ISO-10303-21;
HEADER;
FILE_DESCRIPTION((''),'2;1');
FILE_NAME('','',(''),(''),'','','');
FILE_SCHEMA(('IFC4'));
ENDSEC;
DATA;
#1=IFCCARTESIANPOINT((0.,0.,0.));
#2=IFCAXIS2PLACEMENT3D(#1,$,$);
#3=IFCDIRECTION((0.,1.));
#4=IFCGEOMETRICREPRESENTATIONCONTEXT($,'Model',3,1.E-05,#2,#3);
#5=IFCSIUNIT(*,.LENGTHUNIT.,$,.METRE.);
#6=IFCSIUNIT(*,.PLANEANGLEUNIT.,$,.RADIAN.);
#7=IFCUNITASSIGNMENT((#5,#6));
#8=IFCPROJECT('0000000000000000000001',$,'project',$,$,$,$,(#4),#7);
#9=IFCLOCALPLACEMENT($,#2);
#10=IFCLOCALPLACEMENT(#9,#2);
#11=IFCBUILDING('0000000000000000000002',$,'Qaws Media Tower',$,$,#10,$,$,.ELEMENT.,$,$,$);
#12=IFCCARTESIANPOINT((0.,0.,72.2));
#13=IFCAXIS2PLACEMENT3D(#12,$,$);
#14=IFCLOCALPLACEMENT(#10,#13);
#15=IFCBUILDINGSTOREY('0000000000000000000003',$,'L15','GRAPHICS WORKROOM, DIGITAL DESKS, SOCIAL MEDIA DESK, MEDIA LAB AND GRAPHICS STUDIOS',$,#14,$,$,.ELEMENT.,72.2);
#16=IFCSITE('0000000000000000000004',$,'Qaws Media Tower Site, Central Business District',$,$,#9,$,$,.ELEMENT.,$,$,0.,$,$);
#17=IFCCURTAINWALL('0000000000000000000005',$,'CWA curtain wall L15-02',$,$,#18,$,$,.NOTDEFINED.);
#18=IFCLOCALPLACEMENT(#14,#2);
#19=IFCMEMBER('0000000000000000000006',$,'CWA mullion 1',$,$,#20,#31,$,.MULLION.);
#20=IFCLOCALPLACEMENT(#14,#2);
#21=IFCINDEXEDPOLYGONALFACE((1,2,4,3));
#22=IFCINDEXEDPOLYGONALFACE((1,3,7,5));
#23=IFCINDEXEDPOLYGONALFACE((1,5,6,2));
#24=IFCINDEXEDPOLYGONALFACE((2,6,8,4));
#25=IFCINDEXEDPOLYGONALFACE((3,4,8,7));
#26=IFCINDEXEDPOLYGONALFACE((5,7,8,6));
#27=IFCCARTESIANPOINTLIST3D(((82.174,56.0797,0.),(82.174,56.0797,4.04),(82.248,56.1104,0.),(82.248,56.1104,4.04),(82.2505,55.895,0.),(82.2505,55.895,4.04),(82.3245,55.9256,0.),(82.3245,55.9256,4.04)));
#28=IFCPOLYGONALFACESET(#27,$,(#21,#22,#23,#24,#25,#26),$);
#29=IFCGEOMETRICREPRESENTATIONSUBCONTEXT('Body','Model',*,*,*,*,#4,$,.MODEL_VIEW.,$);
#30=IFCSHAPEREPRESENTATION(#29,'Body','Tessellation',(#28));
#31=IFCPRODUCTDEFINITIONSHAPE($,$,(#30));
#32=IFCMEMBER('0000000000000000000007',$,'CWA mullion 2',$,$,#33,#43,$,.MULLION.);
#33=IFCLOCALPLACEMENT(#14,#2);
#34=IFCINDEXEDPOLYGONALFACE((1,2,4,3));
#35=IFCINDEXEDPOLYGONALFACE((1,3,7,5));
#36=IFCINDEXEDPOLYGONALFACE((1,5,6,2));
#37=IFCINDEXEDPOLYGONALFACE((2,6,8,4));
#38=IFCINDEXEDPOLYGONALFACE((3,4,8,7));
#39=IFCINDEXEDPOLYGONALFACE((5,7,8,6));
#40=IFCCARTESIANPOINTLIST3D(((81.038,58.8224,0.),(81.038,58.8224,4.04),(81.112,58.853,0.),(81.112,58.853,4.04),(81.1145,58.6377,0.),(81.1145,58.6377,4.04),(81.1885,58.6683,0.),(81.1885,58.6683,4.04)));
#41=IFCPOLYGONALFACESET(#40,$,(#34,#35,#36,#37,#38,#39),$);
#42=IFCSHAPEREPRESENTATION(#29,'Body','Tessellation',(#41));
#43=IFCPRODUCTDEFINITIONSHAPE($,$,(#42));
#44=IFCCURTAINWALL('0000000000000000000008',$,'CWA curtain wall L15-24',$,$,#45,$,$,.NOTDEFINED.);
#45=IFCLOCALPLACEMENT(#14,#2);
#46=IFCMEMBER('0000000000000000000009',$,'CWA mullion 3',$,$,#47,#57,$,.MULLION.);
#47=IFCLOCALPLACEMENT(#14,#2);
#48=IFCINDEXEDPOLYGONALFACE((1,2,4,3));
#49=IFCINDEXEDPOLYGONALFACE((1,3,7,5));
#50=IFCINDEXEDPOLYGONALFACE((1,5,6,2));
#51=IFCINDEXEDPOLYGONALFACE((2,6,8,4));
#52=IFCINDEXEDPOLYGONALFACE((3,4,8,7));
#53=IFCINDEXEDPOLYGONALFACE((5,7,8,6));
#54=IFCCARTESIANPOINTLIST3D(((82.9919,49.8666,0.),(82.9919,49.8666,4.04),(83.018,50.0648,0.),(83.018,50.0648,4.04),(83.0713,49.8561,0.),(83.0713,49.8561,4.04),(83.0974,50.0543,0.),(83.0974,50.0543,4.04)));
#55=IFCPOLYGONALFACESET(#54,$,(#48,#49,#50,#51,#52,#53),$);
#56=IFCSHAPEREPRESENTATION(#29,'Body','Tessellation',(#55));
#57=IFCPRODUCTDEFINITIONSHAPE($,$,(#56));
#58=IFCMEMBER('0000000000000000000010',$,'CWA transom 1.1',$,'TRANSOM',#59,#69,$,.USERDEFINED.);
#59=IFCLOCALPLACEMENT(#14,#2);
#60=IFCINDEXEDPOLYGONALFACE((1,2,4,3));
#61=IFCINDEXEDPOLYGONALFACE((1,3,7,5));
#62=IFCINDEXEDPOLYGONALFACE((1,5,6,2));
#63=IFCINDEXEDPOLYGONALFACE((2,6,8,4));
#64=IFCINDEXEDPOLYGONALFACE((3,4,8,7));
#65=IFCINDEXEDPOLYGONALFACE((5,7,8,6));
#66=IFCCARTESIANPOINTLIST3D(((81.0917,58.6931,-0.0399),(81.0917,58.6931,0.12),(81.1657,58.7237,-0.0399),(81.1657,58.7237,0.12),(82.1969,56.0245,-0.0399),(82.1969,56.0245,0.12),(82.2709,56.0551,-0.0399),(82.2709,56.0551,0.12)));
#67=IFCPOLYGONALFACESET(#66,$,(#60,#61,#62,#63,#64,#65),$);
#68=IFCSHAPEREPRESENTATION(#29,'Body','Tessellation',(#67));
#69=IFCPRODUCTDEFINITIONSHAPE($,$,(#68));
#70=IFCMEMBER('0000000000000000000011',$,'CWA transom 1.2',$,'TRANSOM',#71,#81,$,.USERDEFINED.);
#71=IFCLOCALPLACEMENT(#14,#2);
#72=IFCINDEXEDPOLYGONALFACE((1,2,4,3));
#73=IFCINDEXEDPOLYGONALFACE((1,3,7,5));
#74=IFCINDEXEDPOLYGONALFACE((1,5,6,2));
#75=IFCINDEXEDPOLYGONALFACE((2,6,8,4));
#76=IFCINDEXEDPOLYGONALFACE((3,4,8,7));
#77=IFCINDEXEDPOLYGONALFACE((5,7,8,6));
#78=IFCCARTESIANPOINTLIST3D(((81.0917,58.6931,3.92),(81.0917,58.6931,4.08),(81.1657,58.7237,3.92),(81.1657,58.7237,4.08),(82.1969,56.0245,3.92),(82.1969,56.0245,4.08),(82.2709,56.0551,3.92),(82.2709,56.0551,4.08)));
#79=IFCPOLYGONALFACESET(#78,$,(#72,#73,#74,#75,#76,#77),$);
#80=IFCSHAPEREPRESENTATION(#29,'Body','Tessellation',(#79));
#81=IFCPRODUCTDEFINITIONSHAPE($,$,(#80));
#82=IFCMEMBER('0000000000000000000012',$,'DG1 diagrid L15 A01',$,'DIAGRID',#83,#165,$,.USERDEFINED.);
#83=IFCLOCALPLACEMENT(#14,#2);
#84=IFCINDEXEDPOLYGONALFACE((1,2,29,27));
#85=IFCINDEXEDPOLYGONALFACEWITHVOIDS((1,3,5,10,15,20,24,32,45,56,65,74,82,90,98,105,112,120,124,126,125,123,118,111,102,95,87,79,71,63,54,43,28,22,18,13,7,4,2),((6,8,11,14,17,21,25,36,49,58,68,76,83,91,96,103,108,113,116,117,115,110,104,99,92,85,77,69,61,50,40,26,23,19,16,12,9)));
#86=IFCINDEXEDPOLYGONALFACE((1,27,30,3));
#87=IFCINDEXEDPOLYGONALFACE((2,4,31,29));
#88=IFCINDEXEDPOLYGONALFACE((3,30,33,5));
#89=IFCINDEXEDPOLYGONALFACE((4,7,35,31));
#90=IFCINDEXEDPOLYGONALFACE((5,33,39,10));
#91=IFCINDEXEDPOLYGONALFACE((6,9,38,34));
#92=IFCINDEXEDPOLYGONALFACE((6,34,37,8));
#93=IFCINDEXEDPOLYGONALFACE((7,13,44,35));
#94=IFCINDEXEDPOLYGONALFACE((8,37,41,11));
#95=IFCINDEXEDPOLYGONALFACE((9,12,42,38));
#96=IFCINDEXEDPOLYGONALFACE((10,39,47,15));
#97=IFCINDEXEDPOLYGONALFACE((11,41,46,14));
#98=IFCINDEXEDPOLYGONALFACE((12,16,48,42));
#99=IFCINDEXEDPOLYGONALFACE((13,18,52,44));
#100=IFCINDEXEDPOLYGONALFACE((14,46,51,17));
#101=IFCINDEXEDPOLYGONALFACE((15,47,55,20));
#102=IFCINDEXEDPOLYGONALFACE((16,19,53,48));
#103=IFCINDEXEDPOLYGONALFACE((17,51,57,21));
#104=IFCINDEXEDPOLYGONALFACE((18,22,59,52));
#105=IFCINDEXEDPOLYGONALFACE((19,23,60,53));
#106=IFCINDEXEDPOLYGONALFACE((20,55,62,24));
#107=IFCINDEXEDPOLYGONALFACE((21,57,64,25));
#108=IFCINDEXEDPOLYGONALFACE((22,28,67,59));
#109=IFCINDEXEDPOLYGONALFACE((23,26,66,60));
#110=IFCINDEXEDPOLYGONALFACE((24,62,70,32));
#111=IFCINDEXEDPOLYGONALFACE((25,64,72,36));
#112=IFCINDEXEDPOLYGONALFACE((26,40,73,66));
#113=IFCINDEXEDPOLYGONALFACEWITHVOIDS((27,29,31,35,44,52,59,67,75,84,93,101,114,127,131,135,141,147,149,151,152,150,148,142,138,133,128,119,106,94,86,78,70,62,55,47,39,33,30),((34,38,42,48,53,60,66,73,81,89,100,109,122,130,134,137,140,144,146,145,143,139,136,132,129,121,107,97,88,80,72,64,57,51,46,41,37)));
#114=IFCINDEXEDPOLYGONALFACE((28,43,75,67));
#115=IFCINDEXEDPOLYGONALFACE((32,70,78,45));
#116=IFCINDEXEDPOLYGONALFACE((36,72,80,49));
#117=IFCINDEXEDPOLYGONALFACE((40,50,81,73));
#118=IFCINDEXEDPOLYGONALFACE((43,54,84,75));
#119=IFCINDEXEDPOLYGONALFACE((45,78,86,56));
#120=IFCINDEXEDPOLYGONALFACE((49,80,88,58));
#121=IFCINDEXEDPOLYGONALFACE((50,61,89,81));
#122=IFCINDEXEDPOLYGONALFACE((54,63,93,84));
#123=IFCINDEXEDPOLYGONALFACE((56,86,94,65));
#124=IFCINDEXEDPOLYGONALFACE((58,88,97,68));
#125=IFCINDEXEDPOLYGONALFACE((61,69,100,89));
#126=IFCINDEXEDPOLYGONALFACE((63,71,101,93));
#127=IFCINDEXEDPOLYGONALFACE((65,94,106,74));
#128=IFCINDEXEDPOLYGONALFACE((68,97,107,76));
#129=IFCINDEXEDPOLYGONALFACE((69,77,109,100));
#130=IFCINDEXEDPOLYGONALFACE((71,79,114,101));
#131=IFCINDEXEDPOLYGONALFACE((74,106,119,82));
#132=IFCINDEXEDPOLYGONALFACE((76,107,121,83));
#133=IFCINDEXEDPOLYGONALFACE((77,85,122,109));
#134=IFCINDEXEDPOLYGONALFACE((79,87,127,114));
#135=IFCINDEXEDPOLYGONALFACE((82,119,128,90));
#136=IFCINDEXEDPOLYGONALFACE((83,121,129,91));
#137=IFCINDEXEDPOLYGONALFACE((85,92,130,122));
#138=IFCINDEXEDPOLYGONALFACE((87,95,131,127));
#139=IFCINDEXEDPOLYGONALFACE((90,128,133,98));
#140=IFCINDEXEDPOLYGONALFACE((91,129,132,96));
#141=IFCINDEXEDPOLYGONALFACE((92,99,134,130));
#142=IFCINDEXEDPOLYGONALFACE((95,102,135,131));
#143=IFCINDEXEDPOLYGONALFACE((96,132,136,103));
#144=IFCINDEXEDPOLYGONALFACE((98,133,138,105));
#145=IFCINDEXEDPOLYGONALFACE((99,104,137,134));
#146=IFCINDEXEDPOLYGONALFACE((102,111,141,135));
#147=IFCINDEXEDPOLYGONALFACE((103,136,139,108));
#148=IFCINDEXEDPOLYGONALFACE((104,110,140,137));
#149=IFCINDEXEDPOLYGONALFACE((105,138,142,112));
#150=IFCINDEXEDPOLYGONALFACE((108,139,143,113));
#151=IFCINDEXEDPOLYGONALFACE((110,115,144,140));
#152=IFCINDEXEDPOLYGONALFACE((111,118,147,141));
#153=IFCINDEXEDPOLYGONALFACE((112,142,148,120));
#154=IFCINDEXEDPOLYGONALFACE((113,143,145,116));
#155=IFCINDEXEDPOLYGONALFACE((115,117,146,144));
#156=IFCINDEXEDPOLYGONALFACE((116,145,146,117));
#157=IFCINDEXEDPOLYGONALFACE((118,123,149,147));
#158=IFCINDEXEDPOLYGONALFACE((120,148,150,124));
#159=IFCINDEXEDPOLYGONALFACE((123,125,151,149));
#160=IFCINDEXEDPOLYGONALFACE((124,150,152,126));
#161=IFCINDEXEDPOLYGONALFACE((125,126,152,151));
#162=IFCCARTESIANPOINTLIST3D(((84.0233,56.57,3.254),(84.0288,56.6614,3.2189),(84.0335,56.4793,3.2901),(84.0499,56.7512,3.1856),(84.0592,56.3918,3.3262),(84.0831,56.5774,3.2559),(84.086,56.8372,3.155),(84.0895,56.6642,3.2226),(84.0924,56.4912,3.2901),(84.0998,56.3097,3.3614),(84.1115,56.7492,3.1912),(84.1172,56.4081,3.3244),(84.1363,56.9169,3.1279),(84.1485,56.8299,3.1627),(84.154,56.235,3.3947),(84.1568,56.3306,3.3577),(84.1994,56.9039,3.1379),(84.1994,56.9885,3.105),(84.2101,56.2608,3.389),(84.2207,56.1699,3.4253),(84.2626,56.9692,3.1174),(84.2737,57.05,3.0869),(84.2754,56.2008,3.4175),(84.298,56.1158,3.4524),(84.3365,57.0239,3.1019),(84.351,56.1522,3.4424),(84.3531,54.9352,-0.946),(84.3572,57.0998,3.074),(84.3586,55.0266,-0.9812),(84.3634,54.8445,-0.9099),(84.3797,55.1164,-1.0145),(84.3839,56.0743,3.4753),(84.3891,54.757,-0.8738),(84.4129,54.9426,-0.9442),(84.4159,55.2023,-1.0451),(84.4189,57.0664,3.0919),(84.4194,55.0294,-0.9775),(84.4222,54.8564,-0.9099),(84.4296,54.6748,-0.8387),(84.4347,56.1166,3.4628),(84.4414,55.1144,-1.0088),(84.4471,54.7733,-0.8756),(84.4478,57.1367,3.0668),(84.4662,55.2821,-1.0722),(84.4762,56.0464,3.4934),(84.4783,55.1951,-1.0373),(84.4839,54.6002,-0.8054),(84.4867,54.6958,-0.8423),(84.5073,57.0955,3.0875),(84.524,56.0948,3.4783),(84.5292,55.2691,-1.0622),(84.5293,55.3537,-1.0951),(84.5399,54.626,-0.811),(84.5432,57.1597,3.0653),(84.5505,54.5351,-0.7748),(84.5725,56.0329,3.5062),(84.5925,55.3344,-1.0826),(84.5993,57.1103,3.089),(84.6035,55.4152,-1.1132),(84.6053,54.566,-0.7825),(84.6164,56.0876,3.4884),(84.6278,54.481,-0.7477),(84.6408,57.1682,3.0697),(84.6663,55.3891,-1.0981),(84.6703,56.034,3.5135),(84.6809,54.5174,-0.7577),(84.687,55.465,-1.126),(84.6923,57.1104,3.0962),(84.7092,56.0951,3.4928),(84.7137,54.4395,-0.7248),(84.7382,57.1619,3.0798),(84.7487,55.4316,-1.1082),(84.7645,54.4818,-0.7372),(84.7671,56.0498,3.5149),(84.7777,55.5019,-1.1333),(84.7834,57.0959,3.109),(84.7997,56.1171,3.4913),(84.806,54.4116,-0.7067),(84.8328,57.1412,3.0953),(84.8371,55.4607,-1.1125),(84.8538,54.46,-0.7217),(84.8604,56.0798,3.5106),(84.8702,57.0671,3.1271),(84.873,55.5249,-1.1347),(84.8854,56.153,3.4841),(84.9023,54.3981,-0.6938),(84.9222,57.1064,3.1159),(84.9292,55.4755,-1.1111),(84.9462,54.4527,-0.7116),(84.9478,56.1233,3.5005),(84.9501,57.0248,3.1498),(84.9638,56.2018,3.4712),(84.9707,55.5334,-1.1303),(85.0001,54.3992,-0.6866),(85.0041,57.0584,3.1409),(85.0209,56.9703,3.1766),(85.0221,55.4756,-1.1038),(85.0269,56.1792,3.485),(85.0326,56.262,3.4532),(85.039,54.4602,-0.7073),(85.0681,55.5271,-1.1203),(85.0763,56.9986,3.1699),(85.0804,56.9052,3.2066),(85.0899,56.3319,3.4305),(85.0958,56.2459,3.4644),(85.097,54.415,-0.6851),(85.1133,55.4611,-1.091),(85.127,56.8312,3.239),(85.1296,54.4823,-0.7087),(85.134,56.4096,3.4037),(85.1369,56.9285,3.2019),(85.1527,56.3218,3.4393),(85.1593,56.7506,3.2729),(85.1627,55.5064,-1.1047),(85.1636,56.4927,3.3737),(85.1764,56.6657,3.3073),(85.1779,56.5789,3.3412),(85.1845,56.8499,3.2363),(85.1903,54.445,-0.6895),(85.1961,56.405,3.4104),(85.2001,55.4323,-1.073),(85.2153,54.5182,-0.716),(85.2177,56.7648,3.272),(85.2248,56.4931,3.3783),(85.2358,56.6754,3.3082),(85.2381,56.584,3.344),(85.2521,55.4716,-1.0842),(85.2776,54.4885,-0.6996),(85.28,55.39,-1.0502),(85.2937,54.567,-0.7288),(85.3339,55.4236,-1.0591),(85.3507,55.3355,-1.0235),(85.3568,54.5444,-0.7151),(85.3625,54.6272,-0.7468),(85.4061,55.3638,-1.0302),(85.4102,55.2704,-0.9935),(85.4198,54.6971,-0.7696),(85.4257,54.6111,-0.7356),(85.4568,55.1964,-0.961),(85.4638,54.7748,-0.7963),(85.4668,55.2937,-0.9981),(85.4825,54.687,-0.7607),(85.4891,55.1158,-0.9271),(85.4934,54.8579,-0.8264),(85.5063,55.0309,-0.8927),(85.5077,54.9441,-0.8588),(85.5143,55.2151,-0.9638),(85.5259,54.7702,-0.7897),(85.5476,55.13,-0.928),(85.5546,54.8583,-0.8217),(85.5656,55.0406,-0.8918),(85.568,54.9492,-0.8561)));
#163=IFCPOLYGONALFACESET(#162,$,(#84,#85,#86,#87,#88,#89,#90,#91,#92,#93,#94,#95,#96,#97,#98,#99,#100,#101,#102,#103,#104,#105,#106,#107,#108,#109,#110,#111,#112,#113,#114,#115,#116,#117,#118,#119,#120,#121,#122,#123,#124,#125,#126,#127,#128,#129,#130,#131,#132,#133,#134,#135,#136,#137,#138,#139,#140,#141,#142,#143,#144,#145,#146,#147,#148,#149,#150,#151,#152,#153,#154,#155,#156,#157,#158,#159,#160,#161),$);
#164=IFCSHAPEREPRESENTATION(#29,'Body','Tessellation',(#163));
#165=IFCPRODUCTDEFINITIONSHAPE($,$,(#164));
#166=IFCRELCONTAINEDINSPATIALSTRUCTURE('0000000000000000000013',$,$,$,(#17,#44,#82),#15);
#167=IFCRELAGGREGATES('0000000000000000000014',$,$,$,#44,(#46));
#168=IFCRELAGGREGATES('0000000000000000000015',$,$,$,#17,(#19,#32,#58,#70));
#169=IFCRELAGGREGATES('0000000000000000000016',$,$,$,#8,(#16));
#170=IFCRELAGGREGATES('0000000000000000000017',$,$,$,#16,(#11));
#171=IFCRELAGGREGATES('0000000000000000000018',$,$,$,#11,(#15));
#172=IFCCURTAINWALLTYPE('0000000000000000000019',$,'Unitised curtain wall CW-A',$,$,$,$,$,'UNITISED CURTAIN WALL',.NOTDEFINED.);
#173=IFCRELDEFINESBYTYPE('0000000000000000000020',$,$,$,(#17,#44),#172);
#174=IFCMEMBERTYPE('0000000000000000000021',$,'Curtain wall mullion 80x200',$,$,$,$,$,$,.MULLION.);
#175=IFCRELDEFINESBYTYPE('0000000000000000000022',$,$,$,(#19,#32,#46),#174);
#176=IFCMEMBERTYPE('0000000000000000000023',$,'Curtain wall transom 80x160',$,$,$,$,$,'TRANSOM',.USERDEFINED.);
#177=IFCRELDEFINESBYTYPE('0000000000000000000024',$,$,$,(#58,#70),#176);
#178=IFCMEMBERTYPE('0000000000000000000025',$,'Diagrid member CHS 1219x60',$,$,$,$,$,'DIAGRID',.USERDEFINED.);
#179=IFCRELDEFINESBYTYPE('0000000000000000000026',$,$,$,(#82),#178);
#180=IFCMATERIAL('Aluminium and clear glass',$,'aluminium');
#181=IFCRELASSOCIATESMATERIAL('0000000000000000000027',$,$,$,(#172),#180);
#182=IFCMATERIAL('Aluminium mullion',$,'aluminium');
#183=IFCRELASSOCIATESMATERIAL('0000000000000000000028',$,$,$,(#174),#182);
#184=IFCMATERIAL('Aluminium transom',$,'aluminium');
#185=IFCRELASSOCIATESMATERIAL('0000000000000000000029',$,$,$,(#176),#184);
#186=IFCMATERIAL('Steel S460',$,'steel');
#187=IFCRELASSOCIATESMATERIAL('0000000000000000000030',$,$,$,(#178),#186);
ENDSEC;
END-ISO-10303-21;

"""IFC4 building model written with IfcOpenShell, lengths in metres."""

from ifc_helpers import new_model, si_unit, direction, frame, origin, origin_2d, place, context, subcontext, project, spatial, rectangle, hollow_circle, extrude, material, material_profile, profile_set, type_object, element, aggregate, save


model = new_model("IFC4")

# Units and contexts
model_context = context("Model", 3, precision=1e-05, world=origin(), true_north=direction((0.0, 1.0)))
body_context = subcontext(model_context, "Body", "Model", "MODEL_VIEW")
ifc_project = project(units=[si_unit("LENGTHUNIT", "METRE"), si_unit("PLANEANGLEUNIT", "RADIAN")], contexts=[model_context])

# Site, building, storey
site_placement = place(None, origin())
site = spatial("IfcSite", under=ifc_project, at=site_placement, Name="Qaws Media Tower Site, Central Business District", CompositionType="ELEMENT", RefElevation=0.0)
building_placement = place(site_placement, origin())
building = spatial("IfcBuilding", under=site, at=building_placement, Name="Qaws Media Tower", CompositionType="ELEMENT")
storey_placement = place(building_placement, frame((0.0, 0.0, 72.2)))
storey = spatial("IfcBuildingStorey", under=building, at=storey_placement, Name="L15", Description="GRAPHICS WORKROOM, DIGITAL DESKS, SOCIAL MEDIA DESK, MEDIA LAB AND GRAPHICS STUDIOS", CompositionType="ELEMENT", Elevation=72.2)

# Curtain wall, members
ifc_material_1 = material(Name="Aluminium and clear glass", Category="aluminium")
curtain_wall_type = type_object("IfcCurtainWallType", Name="Unitised curtain wall CW-A", ElementType="UNITISED CURTAIN WALL", PredefinedType="NOTDEFINED", material=ifc_material_1)
curtain_wall_1_placement = place(storey_placement, origin())
curtain_wall_1 = element("IfcCurtainWall", 1, at=curtain_wall_1_placement, inside=storey, type_object=curtain_wall_type, Name="CWA curtain wall L15-02", PredefinedType="NOTDEFINED")
ifc_material_2 = material(Name="Aluminium mullion", Category="aluminium")
ifc_material_profile_1 = material_profile(ifc_material_2, rectangle(XDim=0.0801, YDim=0.2, at=origin_2d()), Name="80x200")
ifc_profile_set_1 = profile_set([ifc_material_profile_1], Name="Aluminium mullion")
member_type_1 = type_object("IfcMemberType", Name="Curtain wall mullion 80x200", PredefinedType="MULLION", material=ifc_profile_set_1)
member_1_placement = place(storey_placement, frame((82.2493, 56.0027, 0.0), z_axis=(0.0, 0.0, 1.0), x_axis=(-0.92388, -0.382683, 0.0)))
member_1 = element("IfcMember", 2, at=member_1_placement, type_object=member_type_1, Name="CWA mullion 1", PredefinedType="MULLION", context=body_context, shape_type="SweptSolid", body=[
    extrude(rectangle(XDim=0.0801, YDim=0.2, at=origin_2d()), origin(), (0.0, 0.0, 1.0), 4.04),
])
member_2_placement = place(storey_placement, frame((81.1133, 58.7454, 0.0), z_axis=(0.0, 0.0, 1.0), x_axis=(-0.92388, -0.382683, 0.0)))
member_2 = element("IfcMember", 3, at=member_2_placement, type_object=member_type_1, Name="CWA mullion 2", PredefinedType="MULLION", context=body_context, shape_type="SweptSolid", body=[
    extrude(rectangle(XDim=0.0801, YDim=0.2, at=origin_2d()), origin(), (0.0, 0.0, 1.0), 4.04),
])

# Curtain wall, member
curtain_wall_2_placement = place(storey_placement, origin())
curtain_wall_2 = element("IfcCurtainWall", 4, at=curtain_wall_2_placement, inside=storey, type_object=curtain_wall_type, Name="CWA curtain wall L15-24", PredefinedType="NOTDEFINED")
member_3_placement = place(storey_placement, frame((83.0447, 49.9604, 0.0), z_axis=(0.0, 0.0, 1.0), x_axis=(-0.991445, 0.130526, 0.0)))
member_3 = element("IfcMember", 5, at=member_3_placement, type_object=member_type_1, Name="CWA mullion 3", PredefinedType="MULLION", context=body_context, shape_type="SweptSolid", body=[
    extrude(rectangle(XDim=0.0801, YDim=0.2, at=origin_2d()), origin(), (0.0, 0.0, 1.0), 4.04),
])
aggregate(curtain_wall_2, [member_3])

# Members
ifc_material_3 = material(Name="Aluminium transom", Category="aluminium")
ifc_material_profile_2 = material_profile(ifc_material_3, rectangle(XDim=0.0801, YDim=0.1599, at=origin_2d()), Name="80x160")
ifc_profile_set_2 = profile_set([ifc_material_profile_2], Name="Aluminium transom")
member_type_2 = type_object("IfcMemberType", Name="Curtain wall transom 80x160", ElementType="TRANSOM", PredefinedType="USERDEFINED", material=ifc_profile_set_2)
member_4_placement = place(storey_placement, frame((82.2339, 56.0398, 0.04), z_axis=(-0.382628, 0.923902, 0.0), x_axis=(-0.923902, -0.382628, 0.0)))
member_4 = element("IfcMember", 6, at=member_4_placement, type_object=member_type_2, Name="CWA transom 1.1", ObjectType="TRANSOM", PredefinedType="USERDEFINED", context=body_context, shape_type="SweptSolid", body=[
    extrude(rectangle(XDim=0.0801, YDim=0.1599, at=origin_2d()), origin(), (0.0, 0.0, 1.0), 2.8884),
])
member_5_placement = place(storey_placement, frame((82.2339, 56.0398, 4.0), z_axis=(-0.382628, 0.923902, 0.0), x_axis=(-0.923902, -0.382628, 0.0)))
member_5 = element("IfcMember", 7, at=member_5_placement, type_object=member_type_2, Name="CWA transom 1.2", ObjectType="TRANSOM", PredefinedType="USERDEFINED", context=body_context, shape_type="SweptSolid", body=[
    extrude(rectangle(XDim=0.0801, YDim=0.1599, at=origin_2d()), origin(), (0.0, 0.0, 1.0), 2.8884),
])

# Member
ifc_material_4 = material(Name="Steel S460", Category="steel")
ifc_material_profile_3 = material_profile(ifc_material_4, hollow_circle(Radius=0.6096, WallThickness=0.0601, at=origin_2d()), Name="CHS 1219x60")
ifc_profile_set_3 = profile_set([ifc_material_profile_3], Name="Steel S460")
member_type_3 = type_object("IfcMemberType", Name="Diagrid member CHS 1219x60", ElementType="DIAGRID", PredefinedType="USERDEFINED", material=ifc_profile_set_3)
for number, where, z_axis, x_axis, name in (
    (8, (84.9609, 54.9651, -0.9099), (-0.072989, 0.361758, 0.92941), (-0.980247, -0.197777, 0.0), "DG1 diagrid L15 A01"),
):
    element("IfcMember", number, at=place(storey_placement, frame(where, z_axis=z_axis, x_axis=x_axis)), inside=storey, type_object=member_type_3, Name=name, ObjectType="DIAGRID", PredefinedType="USERDEFINED", context=body_context, shape_type="SweptSolid", body=[
        extrude(hollow_circle(Radius=0.6096, WallThickness=0.0601, at=origin_2d()), origin(), (0.0, 0.0, 1.0), 4.519),
    ])

aggregate(curtain_wall_1, [member_1, member_2, member_4, member_5])

save(model, "model.ifc")
